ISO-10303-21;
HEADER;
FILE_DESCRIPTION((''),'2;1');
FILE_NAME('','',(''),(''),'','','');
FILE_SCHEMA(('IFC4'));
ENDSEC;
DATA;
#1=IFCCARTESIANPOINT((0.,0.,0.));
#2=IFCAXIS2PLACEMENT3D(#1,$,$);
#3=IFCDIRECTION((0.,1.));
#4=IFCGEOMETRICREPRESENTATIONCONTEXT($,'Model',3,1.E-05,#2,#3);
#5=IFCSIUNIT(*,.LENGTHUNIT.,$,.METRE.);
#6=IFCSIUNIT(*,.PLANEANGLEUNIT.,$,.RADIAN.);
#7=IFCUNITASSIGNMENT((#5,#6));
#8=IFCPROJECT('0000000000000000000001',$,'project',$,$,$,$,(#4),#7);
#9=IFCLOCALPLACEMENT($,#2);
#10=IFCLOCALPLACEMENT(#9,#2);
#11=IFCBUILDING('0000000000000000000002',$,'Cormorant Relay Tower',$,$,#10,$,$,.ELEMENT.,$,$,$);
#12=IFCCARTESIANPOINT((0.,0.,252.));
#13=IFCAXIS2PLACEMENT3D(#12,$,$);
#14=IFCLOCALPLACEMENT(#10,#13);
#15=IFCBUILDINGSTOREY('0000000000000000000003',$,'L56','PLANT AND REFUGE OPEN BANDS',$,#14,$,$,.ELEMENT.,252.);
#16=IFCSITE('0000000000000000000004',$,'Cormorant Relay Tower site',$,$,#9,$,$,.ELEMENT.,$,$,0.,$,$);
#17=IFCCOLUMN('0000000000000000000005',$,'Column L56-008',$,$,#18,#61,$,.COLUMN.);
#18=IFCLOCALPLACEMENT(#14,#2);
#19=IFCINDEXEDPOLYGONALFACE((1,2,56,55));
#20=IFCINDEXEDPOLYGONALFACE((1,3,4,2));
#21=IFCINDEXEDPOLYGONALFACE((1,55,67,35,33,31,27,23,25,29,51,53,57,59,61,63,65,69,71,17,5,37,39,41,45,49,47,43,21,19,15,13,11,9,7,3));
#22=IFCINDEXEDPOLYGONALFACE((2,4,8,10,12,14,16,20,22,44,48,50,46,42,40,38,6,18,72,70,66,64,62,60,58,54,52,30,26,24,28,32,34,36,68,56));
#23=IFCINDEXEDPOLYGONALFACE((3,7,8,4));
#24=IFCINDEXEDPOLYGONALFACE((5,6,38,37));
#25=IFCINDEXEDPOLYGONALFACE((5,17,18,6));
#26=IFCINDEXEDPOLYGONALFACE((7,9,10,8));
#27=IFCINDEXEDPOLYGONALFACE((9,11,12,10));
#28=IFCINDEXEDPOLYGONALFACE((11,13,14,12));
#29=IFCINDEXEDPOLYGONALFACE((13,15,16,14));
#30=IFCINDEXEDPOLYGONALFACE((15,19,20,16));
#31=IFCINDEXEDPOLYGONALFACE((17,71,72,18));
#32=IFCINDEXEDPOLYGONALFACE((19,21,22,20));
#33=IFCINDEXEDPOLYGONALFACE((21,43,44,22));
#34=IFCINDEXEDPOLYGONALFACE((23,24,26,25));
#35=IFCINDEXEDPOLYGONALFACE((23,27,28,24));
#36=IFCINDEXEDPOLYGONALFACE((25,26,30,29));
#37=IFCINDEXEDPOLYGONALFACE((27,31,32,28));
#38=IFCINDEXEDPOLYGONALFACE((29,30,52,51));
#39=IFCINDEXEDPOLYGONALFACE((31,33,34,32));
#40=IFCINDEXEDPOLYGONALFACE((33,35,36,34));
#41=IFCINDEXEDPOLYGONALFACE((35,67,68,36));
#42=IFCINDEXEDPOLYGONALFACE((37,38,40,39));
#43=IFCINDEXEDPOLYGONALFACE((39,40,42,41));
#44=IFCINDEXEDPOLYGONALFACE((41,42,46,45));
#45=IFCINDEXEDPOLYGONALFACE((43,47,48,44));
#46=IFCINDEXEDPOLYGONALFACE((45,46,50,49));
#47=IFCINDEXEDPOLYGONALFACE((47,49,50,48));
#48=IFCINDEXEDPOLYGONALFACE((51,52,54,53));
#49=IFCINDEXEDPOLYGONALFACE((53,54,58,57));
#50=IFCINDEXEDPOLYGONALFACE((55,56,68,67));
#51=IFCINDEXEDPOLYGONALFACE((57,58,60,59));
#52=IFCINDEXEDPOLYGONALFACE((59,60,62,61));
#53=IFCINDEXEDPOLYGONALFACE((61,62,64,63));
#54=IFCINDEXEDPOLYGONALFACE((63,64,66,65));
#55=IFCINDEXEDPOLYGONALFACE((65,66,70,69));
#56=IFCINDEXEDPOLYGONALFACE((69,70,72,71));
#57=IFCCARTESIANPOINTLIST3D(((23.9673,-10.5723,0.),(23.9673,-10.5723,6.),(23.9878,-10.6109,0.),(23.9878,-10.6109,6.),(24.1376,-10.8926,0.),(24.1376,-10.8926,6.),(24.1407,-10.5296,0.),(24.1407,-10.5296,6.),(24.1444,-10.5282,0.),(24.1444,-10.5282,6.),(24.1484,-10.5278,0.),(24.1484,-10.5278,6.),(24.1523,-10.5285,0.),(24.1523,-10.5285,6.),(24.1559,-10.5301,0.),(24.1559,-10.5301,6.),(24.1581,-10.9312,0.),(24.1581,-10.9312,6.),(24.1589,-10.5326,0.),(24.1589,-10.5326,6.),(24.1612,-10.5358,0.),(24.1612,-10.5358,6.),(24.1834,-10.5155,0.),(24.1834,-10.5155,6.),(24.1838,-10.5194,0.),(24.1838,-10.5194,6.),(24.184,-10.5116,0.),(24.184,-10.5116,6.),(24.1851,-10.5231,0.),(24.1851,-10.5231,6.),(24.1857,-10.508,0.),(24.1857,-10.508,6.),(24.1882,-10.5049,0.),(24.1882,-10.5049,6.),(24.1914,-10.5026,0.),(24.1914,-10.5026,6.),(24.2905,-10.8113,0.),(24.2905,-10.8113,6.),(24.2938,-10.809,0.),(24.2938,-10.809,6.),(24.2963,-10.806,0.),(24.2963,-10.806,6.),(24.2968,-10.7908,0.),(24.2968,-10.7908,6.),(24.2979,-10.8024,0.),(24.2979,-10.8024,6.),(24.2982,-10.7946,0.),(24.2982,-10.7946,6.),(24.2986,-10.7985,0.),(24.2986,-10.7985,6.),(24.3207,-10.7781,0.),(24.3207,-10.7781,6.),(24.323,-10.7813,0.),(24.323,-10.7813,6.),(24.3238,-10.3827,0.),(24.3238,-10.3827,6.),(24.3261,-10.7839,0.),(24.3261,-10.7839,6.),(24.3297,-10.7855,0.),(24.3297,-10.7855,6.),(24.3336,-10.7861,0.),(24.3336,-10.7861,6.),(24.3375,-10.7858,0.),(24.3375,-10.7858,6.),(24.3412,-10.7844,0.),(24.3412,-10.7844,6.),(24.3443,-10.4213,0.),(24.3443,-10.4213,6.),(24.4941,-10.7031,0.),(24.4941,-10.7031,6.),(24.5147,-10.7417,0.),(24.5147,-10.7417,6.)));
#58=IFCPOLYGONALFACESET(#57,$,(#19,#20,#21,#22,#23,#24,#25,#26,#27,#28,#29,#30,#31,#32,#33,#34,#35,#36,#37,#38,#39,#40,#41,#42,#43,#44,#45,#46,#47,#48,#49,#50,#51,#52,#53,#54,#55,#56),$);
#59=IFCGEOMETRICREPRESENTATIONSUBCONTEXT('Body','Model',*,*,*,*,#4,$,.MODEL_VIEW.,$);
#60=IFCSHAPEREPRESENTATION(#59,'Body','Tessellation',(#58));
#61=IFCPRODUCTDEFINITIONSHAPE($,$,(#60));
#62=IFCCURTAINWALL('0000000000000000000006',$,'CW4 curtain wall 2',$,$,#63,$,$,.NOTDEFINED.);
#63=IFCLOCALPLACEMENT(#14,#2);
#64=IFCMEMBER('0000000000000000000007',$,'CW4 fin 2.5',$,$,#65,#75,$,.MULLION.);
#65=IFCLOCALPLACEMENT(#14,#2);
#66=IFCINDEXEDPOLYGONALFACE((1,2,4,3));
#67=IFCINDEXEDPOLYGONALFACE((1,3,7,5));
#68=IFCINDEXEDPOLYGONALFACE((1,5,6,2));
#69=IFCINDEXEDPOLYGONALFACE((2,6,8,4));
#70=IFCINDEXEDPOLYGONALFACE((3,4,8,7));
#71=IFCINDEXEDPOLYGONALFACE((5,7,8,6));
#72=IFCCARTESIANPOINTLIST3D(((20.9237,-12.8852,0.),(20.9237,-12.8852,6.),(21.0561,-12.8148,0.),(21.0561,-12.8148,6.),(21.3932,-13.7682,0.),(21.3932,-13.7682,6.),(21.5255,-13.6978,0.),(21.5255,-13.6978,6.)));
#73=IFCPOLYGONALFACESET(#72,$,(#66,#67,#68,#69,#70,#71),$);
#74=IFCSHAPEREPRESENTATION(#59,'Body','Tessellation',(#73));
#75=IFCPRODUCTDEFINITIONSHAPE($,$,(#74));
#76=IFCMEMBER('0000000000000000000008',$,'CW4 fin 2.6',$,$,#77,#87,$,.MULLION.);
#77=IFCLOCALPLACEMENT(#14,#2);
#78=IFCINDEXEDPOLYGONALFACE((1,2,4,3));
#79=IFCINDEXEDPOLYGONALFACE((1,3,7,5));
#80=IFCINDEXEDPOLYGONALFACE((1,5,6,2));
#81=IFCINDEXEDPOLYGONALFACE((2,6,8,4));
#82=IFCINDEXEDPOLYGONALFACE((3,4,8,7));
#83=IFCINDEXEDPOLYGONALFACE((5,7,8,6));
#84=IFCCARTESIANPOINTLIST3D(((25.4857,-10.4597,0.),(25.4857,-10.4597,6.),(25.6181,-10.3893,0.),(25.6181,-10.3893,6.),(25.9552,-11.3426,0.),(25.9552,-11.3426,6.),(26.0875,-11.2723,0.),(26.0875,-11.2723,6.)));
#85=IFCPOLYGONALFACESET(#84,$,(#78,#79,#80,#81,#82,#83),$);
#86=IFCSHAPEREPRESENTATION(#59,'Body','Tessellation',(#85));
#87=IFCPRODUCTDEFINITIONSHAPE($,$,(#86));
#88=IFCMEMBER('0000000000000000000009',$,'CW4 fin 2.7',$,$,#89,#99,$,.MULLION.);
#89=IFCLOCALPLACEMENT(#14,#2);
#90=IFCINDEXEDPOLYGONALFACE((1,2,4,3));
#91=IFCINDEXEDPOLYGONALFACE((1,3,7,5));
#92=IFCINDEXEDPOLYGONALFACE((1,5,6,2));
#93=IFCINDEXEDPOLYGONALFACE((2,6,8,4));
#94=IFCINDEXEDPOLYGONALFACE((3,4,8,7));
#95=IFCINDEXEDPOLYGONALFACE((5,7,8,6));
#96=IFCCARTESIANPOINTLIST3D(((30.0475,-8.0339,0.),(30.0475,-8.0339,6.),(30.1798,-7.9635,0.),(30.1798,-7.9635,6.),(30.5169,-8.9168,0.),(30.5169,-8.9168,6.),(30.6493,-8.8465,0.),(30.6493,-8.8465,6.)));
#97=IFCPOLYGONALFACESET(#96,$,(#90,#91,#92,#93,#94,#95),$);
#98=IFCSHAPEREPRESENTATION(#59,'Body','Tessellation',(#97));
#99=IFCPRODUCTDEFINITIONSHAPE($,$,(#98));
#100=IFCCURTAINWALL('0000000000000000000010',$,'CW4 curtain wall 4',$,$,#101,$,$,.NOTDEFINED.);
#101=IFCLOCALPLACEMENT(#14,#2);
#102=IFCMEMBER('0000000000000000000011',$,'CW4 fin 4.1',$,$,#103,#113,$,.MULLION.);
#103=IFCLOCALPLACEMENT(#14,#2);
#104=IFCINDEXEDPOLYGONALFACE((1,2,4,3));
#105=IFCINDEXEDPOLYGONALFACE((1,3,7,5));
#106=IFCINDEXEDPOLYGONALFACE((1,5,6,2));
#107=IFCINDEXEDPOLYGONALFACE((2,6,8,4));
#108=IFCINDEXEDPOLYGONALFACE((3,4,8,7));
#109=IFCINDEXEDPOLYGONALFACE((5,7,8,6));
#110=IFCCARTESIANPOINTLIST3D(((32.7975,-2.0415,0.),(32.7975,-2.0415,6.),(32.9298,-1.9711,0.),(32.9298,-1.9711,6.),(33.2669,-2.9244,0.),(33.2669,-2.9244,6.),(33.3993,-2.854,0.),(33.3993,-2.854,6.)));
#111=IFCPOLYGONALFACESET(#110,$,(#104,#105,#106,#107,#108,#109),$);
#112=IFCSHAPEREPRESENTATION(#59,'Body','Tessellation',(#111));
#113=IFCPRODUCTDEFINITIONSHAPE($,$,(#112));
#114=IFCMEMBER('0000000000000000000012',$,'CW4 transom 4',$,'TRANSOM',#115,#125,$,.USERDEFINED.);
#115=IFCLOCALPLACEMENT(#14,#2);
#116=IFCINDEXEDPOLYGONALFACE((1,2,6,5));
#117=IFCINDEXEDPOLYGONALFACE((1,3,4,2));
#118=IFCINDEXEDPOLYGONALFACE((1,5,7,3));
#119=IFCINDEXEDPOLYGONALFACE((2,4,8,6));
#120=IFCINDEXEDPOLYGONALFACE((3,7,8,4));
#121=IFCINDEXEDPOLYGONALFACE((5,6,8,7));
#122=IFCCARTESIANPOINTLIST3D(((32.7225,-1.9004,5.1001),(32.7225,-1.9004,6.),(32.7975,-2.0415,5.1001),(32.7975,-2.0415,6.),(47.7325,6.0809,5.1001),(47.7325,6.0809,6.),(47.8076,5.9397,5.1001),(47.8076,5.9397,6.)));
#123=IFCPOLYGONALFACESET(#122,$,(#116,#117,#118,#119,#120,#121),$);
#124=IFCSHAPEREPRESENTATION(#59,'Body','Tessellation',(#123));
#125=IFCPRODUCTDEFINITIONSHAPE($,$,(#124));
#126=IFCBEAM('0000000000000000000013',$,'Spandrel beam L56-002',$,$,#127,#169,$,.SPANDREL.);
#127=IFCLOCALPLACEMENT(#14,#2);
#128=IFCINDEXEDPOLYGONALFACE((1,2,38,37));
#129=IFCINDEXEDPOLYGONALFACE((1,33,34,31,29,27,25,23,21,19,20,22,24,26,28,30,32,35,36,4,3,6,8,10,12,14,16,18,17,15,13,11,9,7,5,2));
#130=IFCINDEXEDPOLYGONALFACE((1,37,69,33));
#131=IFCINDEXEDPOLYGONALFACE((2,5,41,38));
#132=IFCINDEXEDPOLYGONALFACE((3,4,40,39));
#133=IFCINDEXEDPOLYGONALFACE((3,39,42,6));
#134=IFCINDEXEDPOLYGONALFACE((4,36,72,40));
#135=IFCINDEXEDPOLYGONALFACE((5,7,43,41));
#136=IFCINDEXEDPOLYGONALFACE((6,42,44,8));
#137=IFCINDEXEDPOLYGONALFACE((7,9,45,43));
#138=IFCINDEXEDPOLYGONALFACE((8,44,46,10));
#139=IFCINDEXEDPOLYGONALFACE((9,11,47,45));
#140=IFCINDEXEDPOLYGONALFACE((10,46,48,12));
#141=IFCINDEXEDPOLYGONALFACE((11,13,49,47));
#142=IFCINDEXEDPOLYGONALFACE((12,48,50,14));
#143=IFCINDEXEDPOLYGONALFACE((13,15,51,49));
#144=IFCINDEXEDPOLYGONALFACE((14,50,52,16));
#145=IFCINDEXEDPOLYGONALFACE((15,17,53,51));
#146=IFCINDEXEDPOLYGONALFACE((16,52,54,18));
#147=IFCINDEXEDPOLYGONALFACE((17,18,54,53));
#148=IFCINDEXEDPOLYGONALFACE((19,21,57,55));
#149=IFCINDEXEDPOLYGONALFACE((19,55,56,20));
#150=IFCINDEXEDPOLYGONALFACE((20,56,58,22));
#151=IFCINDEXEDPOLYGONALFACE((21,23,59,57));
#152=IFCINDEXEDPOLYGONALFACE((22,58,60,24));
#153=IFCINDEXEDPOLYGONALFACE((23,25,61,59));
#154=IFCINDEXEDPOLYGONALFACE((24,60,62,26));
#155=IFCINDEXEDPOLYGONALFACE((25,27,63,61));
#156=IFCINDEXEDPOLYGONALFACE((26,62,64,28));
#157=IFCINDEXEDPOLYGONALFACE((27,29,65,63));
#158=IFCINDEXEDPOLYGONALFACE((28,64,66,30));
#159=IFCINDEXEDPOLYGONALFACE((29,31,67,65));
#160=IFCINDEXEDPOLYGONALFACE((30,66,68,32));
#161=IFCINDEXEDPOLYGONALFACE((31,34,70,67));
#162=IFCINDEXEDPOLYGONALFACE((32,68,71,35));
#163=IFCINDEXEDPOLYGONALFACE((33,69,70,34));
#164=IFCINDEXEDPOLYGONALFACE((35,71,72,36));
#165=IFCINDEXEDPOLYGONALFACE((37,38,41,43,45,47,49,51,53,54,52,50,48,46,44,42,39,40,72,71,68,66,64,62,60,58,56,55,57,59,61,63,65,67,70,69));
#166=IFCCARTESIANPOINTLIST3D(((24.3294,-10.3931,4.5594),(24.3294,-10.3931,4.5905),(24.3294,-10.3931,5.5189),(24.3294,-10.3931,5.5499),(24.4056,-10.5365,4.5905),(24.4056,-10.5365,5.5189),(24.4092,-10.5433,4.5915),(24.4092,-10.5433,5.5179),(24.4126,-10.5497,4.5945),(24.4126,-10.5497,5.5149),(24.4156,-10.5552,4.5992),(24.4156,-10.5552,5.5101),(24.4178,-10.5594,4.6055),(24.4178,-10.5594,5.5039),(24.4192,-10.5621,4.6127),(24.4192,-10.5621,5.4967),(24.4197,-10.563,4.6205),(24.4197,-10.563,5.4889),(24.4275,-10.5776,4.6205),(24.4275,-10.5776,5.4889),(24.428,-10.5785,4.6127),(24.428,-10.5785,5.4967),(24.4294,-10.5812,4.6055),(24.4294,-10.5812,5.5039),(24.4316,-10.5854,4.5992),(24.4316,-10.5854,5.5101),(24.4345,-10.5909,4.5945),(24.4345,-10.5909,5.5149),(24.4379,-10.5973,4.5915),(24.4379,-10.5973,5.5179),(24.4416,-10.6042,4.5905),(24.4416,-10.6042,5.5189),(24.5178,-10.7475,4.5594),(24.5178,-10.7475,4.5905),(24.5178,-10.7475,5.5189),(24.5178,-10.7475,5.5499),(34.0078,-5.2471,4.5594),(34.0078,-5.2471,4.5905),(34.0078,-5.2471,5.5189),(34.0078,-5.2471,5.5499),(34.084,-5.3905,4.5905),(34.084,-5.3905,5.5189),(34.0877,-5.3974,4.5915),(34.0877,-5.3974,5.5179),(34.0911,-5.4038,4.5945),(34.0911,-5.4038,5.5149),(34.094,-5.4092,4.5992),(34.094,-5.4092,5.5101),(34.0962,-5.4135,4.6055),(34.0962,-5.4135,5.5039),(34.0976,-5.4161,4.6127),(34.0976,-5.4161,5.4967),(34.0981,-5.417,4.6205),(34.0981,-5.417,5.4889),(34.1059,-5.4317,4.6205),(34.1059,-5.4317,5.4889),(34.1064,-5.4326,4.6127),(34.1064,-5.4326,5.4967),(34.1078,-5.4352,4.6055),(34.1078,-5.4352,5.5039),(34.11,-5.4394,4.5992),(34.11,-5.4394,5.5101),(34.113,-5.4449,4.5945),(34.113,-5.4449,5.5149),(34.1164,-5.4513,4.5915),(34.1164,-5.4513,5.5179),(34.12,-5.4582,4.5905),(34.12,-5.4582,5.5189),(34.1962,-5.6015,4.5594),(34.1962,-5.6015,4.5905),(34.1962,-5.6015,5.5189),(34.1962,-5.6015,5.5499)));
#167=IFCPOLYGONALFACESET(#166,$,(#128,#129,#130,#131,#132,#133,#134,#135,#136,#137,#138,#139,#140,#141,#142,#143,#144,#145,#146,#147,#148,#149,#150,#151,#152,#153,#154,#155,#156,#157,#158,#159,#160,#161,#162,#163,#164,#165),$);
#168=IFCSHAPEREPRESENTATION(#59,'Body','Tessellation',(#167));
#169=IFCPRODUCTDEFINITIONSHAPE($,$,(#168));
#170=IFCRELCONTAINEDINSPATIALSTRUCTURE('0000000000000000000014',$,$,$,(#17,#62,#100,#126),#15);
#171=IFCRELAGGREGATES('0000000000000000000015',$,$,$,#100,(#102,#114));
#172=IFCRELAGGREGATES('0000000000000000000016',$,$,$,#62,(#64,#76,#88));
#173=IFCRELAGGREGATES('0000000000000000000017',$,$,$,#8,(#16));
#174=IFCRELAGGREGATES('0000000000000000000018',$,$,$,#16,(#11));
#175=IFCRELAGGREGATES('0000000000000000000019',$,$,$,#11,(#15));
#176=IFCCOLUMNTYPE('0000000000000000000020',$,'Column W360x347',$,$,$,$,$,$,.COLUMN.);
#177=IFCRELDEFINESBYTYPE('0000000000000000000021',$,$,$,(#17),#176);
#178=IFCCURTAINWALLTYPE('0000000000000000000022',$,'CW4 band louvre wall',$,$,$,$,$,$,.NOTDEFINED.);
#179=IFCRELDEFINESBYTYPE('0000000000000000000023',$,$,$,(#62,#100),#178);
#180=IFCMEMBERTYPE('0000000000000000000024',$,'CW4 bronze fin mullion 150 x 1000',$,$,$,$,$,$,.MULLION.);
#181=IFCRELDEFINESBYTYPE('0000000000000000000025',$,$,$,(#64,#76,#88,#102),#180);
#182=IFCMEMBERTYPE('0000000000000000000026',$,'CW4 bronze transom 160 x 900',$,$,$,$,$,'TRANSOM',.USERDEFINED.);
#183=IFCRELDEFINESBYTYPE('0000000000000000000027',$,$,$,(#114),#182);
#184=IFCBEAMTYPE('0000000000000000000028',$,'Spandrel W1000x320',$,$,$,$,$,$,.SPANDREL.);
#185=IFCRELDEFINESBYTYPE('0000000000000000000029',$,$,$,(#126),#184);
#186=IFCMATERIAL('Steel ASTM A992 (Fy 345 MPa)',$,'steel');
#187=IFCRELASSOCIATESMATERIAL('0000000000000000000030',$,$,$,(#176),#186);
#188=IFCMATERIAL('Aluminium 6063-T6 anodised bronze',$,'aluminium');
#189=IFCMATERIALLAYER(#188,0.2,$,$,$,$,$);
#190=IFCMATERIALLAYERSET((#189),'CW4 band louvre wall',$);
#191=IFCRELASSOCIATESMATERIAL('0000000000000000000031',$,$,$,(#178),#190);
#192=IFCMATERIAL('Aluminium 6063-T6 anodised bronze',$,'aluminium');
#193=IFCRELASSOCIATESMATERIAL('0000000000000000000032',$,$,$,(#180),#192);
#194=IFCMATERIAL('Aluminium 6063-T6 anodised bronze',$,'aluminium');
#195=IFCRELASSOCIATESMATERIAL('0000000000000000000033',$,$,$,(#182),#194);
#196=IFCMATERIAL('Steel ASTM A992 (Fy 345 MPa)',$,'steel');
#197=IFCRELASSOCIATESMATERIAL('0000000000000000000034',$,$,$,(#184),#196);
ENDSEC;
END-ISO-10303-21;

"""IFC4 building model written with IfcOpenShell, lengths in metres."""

from ifc_helpers import new_model, si_unit, direction, frame, origin, origin_2d, place, context, subcontext, project, spatial, rectangle, i_section, extrude, material, layer, layer_set, material_profile, profile_set, type_object, element, aggregate, save


model = new_model("IFC4")

# Units and contexts
model_context = context("Model", 3, precision=1e-05, world=origin(), true_north=direction((0.0, 1.0)))
body_context = subcontext(model_context, "Body", "Model", "MODEL_VIEW")
ifc_project = project(units=[si_unit("LENGTHUNIT", "METRE"), si_unit("PLANEANGLEUNIT", "RADIAN")], contexts=[model_context])

# Site, building, storey
site_placement = place(None, origin())
site = spatial("IfcSite", under=ifc_project, at=site_placement, Name="Cormorant Relay Tower site", CompositionType="ELEMENT", RefElevation=0.0)
building_placement = place(site_placement, origin())
building = spatial("IfcBuilding", under=site, at=building_placement, Name="Cormorant Relay Tower", CompositionType="ELEMENT")
storey_placement = place(building_placement, frame((0.0, 0.0, 252.0)))
storey = spatial("IfcBuildingStorey", under=building, at=storey_placement, Name="L56", Description="PLANT AND REFUGE OPEN BANDS", CompositionType="ELEMENT", Elevation=252.0)

# Column
ifc_material_1 = material(Name="Steel ASTM A992 (Fy 345 MPa)", Category="steel")
ifc_material_profile_1 = material_profile(ifc_material_1, i_section(OverallWidth=0.4038, OverallDepth=0.4065, WebThickness=0.0271, FlangeThickness=0.0437, FilletRadius=0.0151, at=origin_2d()), Name="W360x347")
ifc_profile_set_1 = profile_set([ifc_material_profile_1], Name="Steel ASTM A992 (Fy 345 MPa)")
column_type = type_object("IfcColumnType", Name="Column W360x347", PredefinedType="COLUMN", material=ifc_profile_set_1)
column_placement = place(storey_placement, frame((24.241, -10.657, 0.0), z_axis=(0.0, 0.0, 1.0), x_axis=(0.882948, 0.469472, 0.0)))
element("IfcColumn", 1, at=column_placement, inside=storey, type_object=column_type, Name="Column L56-008", PredefinedType="COLUMN", context=body_context, shape_type="SweptSolid", body=[
    extrude(i_section(OverallWidth=0.4038, OverallDepth=0.4065, WebThickness=0.0271, FlangeThickness=0.0437, FilletRadius=0.0151, at=origin_2d()), origin(), (0.0, 0.0, 1.0), 6.0),
])

# Curtain walls, members
ifc_material_2 = material(Name="Aluminium 6063-T6 anodised bronze", Category="aluminium")
ifc_layer = layer(ifc_material_2, 0.2)
ifc_layer_set = layer_set([ifc_layer], Name="CW4 band louvre wall")
curtain_wall_type = type_object("IfcCurtainWallType", Name="CW4 band louvre wall", PredefinedType="NOTDEFINED", material=ifc_layer_set)
curtain_wall_1_placement = place(storey_placement, origin())
curtain_wall_1 = element("IfcCurtainWall", 2, at=curtain_wall_1_placement, inside=storey, type_object=curtain_wall_type, Name="CW4 curtain wall 2", PredefinedType="NOTDEFINED")
ifc_material_3 = material(Name="Aluminium 6063-T6 anodised bronze", Category="aluminium")
ifc_material_profile_2 = material_profile(ifc_material_3, rectangle(XDim=0.1499, YDim=1.0, at=origin_2d()), Name="AL 150x1000")
ifc_profile_set_2 = profile_set([ifc_material_profile_2], Name="Aluminium 6063-T6 anodised bronze")
member_type_1 = type_object("IfcMemberType", Name="CW4 bronze fin mullion 150 x 1000", PredefinedType="MULLION", material=ifc_profile_set_2)
member_1_placement = place(storey_placement, frame((21.2246, -13.2915, 0.0), z_axis=(0.0, 0.0, 1.0), x_axis=(0.882948, 0.469472, 0.0)))
member_1 = element("IfcMember", 3, at=member_1_placement, type_object=member_type_1, Name="CW4 fin 2.5", PredefinedType="MULLION", context=body_context, shape_type="SweptSolid", body=[
    extrude(rectangle(XDim=0.1499, YDim=1.0, at=origin_2d()), origin(), (0.0, 0.0, 1.0), 6.0),
])
member_2_placement = place(storey_placement, frame((25.7866, -10.866, 0.0), z_axis=(0.0, 0.0, 1.0), x_axis=(0.882948, 0.469472, 0.0)))
member_2 = element("IfcMember", 4, at=member_2_placement, type_object=member_type_1, Name="CW4 fin 2.6", PredefinedType="MULLION", context=body_context, shape_type="SweptSolid", body=[
    extrude(rectangle(XDim=0.1499, YDim=1.0, at=origin_2d()), origin(), (0.0, 0.0, 1.0), 6.0),
])
member_3_placement = place(storey_placement, frame((30.3484, -8.4402, 0.0), z_axis=(0.0, 0.0, 1.0), x_axis=(0.882948, 0.469472, 0.0)))
member_3 = element("IfcMember", 5, at=member_3_placement, type_object=member_type_1, Name="CW4 fin 2.7", PredefinedType="MULLION", context=body_context, shape_type="SweptSolid", body=[
    extrude(rectangle(XDim=0.1499, YDim=1.0, at=origin_2d()), origin(), (0.0, 0.0, 1.0), 6.0),
])
curtain_wall_2_placement = place(storey_placement, origin())
curtain_wall_2 = element("IfcCurtainWall", 6, at=curtain_wall_2_placement, inside=storey, type_object=curtain_wall_type, Name="CW4 curtain wall 4", PredefinedType="NOTDEFINED")
member_4_placement = place(storey_placement, frame((33.0984, -2.4478, 0.0), z_axis=(0.0, 0.0, 1.0), x_axis=(0.882948, 0.469472, 0.0)))
member_4 = element("IfcMember", 7, at=member_4_placement, type_object=member_type_1, Name="CW4 fin 4.1", PredefinedType="MULLION", context=body_context, shape_type="SweptSolid", body=[
    extrude(rectangle(XDim=0.1499, YDim=1.0, at=origin_2d()), origin(), (0.0, 0.0, 1.0), 6.0),
])
ifc_material_4 = material(Name="Aluminium 6063-T6 anodised bronze", Category="aluminium")
ifc_material_profile_3 = material_profile(ifc_material_4, rectangle(XDim=0.1599, YDim=0.8999, at=origin_2d()), Name="AL 160x900")
ifc_profile_set_3 = profile_set([ifc_material_profile_3], Name="Aluminium 6063-T6 anodised bronze")
member_type_2 = type_object("IfcMemberType", Name="CW4 bronze transom 160 x 900", ElementType="TRANSOM", PredefinedType="USERDEFINED", material=ifc_profile_set_3)
member_5_placement = place(storey_placement, frame((32.76, -1.9709, 5.55), z_axis=(0.882942, 0.469482, 0.0), x_axis=(-0.469482, 0.882942, 0.0)))
member_5 = element("IfcMember", 8, at=member_5_placement, type_object=member_type_2, Name="CW4 transom 4", ObjectType="TRANSOM", PredefinedType="USERDEFINED", context=body_context, shape_type="SweptSolid", body=[
    extrude(rectangle(XDim=0.1599, YDim=0.8999, at=origin_2d()), origin(), (0.0, 0.0, 1.0), 17.0),
])
aggregate(curtain_wall_2, [member_4, member_5])

# Beam
ifc_material_5 = material(Name="Steel ASTM A992 (Fy 345 MPa)", Category="steel")
ifc_material_profile_4 = material_profile(ifc_material_5, i_section(OverallWidth=0.4014, OverallDepth=0.9905, WebThickness=0.0166, FlangeThickness=0.031, FilletRadius=0.03, at=origin_2d()), Name="W1000x320")
ifc_profile_set_4 = profile_set([ifc_material_profile_4], Name="Steel ASTM A992 (Fy 345 MPa)")
beam_type = type_object("IfcBeamType", Name="Spandrel W1000x320", PredefinedType="SPANDREL", material=ifc_profile_set_4)
beam_1_placement = place(storey_placement, frame((24.4236, -10.5703, 5.0547), z_axis=(0.882953, 0.469462, 0.0), x_axis=(-0.469462, 0.882953, 0.0)))
element("IfcBeam", 9, at=beam_1_placement, inside=storey, type_object=beam_type, Name="Spandrel beam L56-002", PredefinedType="SPANDREL", context=body_context, shape_type="SweptSolid", body=[
    extrude(i_section(OverallWidth=0.4014, OverallDepth=0.9905, WebThickness=0.0166, FlangeThickness=0.031, FilletRadius=0.03, at=origin_2d()), origin(), (0.0, 0.0, 1.0), 10.9614),
])

aggregate(curtain_wall_1, [member_1, member_2, member_3])

save(model, "model.ifc")
